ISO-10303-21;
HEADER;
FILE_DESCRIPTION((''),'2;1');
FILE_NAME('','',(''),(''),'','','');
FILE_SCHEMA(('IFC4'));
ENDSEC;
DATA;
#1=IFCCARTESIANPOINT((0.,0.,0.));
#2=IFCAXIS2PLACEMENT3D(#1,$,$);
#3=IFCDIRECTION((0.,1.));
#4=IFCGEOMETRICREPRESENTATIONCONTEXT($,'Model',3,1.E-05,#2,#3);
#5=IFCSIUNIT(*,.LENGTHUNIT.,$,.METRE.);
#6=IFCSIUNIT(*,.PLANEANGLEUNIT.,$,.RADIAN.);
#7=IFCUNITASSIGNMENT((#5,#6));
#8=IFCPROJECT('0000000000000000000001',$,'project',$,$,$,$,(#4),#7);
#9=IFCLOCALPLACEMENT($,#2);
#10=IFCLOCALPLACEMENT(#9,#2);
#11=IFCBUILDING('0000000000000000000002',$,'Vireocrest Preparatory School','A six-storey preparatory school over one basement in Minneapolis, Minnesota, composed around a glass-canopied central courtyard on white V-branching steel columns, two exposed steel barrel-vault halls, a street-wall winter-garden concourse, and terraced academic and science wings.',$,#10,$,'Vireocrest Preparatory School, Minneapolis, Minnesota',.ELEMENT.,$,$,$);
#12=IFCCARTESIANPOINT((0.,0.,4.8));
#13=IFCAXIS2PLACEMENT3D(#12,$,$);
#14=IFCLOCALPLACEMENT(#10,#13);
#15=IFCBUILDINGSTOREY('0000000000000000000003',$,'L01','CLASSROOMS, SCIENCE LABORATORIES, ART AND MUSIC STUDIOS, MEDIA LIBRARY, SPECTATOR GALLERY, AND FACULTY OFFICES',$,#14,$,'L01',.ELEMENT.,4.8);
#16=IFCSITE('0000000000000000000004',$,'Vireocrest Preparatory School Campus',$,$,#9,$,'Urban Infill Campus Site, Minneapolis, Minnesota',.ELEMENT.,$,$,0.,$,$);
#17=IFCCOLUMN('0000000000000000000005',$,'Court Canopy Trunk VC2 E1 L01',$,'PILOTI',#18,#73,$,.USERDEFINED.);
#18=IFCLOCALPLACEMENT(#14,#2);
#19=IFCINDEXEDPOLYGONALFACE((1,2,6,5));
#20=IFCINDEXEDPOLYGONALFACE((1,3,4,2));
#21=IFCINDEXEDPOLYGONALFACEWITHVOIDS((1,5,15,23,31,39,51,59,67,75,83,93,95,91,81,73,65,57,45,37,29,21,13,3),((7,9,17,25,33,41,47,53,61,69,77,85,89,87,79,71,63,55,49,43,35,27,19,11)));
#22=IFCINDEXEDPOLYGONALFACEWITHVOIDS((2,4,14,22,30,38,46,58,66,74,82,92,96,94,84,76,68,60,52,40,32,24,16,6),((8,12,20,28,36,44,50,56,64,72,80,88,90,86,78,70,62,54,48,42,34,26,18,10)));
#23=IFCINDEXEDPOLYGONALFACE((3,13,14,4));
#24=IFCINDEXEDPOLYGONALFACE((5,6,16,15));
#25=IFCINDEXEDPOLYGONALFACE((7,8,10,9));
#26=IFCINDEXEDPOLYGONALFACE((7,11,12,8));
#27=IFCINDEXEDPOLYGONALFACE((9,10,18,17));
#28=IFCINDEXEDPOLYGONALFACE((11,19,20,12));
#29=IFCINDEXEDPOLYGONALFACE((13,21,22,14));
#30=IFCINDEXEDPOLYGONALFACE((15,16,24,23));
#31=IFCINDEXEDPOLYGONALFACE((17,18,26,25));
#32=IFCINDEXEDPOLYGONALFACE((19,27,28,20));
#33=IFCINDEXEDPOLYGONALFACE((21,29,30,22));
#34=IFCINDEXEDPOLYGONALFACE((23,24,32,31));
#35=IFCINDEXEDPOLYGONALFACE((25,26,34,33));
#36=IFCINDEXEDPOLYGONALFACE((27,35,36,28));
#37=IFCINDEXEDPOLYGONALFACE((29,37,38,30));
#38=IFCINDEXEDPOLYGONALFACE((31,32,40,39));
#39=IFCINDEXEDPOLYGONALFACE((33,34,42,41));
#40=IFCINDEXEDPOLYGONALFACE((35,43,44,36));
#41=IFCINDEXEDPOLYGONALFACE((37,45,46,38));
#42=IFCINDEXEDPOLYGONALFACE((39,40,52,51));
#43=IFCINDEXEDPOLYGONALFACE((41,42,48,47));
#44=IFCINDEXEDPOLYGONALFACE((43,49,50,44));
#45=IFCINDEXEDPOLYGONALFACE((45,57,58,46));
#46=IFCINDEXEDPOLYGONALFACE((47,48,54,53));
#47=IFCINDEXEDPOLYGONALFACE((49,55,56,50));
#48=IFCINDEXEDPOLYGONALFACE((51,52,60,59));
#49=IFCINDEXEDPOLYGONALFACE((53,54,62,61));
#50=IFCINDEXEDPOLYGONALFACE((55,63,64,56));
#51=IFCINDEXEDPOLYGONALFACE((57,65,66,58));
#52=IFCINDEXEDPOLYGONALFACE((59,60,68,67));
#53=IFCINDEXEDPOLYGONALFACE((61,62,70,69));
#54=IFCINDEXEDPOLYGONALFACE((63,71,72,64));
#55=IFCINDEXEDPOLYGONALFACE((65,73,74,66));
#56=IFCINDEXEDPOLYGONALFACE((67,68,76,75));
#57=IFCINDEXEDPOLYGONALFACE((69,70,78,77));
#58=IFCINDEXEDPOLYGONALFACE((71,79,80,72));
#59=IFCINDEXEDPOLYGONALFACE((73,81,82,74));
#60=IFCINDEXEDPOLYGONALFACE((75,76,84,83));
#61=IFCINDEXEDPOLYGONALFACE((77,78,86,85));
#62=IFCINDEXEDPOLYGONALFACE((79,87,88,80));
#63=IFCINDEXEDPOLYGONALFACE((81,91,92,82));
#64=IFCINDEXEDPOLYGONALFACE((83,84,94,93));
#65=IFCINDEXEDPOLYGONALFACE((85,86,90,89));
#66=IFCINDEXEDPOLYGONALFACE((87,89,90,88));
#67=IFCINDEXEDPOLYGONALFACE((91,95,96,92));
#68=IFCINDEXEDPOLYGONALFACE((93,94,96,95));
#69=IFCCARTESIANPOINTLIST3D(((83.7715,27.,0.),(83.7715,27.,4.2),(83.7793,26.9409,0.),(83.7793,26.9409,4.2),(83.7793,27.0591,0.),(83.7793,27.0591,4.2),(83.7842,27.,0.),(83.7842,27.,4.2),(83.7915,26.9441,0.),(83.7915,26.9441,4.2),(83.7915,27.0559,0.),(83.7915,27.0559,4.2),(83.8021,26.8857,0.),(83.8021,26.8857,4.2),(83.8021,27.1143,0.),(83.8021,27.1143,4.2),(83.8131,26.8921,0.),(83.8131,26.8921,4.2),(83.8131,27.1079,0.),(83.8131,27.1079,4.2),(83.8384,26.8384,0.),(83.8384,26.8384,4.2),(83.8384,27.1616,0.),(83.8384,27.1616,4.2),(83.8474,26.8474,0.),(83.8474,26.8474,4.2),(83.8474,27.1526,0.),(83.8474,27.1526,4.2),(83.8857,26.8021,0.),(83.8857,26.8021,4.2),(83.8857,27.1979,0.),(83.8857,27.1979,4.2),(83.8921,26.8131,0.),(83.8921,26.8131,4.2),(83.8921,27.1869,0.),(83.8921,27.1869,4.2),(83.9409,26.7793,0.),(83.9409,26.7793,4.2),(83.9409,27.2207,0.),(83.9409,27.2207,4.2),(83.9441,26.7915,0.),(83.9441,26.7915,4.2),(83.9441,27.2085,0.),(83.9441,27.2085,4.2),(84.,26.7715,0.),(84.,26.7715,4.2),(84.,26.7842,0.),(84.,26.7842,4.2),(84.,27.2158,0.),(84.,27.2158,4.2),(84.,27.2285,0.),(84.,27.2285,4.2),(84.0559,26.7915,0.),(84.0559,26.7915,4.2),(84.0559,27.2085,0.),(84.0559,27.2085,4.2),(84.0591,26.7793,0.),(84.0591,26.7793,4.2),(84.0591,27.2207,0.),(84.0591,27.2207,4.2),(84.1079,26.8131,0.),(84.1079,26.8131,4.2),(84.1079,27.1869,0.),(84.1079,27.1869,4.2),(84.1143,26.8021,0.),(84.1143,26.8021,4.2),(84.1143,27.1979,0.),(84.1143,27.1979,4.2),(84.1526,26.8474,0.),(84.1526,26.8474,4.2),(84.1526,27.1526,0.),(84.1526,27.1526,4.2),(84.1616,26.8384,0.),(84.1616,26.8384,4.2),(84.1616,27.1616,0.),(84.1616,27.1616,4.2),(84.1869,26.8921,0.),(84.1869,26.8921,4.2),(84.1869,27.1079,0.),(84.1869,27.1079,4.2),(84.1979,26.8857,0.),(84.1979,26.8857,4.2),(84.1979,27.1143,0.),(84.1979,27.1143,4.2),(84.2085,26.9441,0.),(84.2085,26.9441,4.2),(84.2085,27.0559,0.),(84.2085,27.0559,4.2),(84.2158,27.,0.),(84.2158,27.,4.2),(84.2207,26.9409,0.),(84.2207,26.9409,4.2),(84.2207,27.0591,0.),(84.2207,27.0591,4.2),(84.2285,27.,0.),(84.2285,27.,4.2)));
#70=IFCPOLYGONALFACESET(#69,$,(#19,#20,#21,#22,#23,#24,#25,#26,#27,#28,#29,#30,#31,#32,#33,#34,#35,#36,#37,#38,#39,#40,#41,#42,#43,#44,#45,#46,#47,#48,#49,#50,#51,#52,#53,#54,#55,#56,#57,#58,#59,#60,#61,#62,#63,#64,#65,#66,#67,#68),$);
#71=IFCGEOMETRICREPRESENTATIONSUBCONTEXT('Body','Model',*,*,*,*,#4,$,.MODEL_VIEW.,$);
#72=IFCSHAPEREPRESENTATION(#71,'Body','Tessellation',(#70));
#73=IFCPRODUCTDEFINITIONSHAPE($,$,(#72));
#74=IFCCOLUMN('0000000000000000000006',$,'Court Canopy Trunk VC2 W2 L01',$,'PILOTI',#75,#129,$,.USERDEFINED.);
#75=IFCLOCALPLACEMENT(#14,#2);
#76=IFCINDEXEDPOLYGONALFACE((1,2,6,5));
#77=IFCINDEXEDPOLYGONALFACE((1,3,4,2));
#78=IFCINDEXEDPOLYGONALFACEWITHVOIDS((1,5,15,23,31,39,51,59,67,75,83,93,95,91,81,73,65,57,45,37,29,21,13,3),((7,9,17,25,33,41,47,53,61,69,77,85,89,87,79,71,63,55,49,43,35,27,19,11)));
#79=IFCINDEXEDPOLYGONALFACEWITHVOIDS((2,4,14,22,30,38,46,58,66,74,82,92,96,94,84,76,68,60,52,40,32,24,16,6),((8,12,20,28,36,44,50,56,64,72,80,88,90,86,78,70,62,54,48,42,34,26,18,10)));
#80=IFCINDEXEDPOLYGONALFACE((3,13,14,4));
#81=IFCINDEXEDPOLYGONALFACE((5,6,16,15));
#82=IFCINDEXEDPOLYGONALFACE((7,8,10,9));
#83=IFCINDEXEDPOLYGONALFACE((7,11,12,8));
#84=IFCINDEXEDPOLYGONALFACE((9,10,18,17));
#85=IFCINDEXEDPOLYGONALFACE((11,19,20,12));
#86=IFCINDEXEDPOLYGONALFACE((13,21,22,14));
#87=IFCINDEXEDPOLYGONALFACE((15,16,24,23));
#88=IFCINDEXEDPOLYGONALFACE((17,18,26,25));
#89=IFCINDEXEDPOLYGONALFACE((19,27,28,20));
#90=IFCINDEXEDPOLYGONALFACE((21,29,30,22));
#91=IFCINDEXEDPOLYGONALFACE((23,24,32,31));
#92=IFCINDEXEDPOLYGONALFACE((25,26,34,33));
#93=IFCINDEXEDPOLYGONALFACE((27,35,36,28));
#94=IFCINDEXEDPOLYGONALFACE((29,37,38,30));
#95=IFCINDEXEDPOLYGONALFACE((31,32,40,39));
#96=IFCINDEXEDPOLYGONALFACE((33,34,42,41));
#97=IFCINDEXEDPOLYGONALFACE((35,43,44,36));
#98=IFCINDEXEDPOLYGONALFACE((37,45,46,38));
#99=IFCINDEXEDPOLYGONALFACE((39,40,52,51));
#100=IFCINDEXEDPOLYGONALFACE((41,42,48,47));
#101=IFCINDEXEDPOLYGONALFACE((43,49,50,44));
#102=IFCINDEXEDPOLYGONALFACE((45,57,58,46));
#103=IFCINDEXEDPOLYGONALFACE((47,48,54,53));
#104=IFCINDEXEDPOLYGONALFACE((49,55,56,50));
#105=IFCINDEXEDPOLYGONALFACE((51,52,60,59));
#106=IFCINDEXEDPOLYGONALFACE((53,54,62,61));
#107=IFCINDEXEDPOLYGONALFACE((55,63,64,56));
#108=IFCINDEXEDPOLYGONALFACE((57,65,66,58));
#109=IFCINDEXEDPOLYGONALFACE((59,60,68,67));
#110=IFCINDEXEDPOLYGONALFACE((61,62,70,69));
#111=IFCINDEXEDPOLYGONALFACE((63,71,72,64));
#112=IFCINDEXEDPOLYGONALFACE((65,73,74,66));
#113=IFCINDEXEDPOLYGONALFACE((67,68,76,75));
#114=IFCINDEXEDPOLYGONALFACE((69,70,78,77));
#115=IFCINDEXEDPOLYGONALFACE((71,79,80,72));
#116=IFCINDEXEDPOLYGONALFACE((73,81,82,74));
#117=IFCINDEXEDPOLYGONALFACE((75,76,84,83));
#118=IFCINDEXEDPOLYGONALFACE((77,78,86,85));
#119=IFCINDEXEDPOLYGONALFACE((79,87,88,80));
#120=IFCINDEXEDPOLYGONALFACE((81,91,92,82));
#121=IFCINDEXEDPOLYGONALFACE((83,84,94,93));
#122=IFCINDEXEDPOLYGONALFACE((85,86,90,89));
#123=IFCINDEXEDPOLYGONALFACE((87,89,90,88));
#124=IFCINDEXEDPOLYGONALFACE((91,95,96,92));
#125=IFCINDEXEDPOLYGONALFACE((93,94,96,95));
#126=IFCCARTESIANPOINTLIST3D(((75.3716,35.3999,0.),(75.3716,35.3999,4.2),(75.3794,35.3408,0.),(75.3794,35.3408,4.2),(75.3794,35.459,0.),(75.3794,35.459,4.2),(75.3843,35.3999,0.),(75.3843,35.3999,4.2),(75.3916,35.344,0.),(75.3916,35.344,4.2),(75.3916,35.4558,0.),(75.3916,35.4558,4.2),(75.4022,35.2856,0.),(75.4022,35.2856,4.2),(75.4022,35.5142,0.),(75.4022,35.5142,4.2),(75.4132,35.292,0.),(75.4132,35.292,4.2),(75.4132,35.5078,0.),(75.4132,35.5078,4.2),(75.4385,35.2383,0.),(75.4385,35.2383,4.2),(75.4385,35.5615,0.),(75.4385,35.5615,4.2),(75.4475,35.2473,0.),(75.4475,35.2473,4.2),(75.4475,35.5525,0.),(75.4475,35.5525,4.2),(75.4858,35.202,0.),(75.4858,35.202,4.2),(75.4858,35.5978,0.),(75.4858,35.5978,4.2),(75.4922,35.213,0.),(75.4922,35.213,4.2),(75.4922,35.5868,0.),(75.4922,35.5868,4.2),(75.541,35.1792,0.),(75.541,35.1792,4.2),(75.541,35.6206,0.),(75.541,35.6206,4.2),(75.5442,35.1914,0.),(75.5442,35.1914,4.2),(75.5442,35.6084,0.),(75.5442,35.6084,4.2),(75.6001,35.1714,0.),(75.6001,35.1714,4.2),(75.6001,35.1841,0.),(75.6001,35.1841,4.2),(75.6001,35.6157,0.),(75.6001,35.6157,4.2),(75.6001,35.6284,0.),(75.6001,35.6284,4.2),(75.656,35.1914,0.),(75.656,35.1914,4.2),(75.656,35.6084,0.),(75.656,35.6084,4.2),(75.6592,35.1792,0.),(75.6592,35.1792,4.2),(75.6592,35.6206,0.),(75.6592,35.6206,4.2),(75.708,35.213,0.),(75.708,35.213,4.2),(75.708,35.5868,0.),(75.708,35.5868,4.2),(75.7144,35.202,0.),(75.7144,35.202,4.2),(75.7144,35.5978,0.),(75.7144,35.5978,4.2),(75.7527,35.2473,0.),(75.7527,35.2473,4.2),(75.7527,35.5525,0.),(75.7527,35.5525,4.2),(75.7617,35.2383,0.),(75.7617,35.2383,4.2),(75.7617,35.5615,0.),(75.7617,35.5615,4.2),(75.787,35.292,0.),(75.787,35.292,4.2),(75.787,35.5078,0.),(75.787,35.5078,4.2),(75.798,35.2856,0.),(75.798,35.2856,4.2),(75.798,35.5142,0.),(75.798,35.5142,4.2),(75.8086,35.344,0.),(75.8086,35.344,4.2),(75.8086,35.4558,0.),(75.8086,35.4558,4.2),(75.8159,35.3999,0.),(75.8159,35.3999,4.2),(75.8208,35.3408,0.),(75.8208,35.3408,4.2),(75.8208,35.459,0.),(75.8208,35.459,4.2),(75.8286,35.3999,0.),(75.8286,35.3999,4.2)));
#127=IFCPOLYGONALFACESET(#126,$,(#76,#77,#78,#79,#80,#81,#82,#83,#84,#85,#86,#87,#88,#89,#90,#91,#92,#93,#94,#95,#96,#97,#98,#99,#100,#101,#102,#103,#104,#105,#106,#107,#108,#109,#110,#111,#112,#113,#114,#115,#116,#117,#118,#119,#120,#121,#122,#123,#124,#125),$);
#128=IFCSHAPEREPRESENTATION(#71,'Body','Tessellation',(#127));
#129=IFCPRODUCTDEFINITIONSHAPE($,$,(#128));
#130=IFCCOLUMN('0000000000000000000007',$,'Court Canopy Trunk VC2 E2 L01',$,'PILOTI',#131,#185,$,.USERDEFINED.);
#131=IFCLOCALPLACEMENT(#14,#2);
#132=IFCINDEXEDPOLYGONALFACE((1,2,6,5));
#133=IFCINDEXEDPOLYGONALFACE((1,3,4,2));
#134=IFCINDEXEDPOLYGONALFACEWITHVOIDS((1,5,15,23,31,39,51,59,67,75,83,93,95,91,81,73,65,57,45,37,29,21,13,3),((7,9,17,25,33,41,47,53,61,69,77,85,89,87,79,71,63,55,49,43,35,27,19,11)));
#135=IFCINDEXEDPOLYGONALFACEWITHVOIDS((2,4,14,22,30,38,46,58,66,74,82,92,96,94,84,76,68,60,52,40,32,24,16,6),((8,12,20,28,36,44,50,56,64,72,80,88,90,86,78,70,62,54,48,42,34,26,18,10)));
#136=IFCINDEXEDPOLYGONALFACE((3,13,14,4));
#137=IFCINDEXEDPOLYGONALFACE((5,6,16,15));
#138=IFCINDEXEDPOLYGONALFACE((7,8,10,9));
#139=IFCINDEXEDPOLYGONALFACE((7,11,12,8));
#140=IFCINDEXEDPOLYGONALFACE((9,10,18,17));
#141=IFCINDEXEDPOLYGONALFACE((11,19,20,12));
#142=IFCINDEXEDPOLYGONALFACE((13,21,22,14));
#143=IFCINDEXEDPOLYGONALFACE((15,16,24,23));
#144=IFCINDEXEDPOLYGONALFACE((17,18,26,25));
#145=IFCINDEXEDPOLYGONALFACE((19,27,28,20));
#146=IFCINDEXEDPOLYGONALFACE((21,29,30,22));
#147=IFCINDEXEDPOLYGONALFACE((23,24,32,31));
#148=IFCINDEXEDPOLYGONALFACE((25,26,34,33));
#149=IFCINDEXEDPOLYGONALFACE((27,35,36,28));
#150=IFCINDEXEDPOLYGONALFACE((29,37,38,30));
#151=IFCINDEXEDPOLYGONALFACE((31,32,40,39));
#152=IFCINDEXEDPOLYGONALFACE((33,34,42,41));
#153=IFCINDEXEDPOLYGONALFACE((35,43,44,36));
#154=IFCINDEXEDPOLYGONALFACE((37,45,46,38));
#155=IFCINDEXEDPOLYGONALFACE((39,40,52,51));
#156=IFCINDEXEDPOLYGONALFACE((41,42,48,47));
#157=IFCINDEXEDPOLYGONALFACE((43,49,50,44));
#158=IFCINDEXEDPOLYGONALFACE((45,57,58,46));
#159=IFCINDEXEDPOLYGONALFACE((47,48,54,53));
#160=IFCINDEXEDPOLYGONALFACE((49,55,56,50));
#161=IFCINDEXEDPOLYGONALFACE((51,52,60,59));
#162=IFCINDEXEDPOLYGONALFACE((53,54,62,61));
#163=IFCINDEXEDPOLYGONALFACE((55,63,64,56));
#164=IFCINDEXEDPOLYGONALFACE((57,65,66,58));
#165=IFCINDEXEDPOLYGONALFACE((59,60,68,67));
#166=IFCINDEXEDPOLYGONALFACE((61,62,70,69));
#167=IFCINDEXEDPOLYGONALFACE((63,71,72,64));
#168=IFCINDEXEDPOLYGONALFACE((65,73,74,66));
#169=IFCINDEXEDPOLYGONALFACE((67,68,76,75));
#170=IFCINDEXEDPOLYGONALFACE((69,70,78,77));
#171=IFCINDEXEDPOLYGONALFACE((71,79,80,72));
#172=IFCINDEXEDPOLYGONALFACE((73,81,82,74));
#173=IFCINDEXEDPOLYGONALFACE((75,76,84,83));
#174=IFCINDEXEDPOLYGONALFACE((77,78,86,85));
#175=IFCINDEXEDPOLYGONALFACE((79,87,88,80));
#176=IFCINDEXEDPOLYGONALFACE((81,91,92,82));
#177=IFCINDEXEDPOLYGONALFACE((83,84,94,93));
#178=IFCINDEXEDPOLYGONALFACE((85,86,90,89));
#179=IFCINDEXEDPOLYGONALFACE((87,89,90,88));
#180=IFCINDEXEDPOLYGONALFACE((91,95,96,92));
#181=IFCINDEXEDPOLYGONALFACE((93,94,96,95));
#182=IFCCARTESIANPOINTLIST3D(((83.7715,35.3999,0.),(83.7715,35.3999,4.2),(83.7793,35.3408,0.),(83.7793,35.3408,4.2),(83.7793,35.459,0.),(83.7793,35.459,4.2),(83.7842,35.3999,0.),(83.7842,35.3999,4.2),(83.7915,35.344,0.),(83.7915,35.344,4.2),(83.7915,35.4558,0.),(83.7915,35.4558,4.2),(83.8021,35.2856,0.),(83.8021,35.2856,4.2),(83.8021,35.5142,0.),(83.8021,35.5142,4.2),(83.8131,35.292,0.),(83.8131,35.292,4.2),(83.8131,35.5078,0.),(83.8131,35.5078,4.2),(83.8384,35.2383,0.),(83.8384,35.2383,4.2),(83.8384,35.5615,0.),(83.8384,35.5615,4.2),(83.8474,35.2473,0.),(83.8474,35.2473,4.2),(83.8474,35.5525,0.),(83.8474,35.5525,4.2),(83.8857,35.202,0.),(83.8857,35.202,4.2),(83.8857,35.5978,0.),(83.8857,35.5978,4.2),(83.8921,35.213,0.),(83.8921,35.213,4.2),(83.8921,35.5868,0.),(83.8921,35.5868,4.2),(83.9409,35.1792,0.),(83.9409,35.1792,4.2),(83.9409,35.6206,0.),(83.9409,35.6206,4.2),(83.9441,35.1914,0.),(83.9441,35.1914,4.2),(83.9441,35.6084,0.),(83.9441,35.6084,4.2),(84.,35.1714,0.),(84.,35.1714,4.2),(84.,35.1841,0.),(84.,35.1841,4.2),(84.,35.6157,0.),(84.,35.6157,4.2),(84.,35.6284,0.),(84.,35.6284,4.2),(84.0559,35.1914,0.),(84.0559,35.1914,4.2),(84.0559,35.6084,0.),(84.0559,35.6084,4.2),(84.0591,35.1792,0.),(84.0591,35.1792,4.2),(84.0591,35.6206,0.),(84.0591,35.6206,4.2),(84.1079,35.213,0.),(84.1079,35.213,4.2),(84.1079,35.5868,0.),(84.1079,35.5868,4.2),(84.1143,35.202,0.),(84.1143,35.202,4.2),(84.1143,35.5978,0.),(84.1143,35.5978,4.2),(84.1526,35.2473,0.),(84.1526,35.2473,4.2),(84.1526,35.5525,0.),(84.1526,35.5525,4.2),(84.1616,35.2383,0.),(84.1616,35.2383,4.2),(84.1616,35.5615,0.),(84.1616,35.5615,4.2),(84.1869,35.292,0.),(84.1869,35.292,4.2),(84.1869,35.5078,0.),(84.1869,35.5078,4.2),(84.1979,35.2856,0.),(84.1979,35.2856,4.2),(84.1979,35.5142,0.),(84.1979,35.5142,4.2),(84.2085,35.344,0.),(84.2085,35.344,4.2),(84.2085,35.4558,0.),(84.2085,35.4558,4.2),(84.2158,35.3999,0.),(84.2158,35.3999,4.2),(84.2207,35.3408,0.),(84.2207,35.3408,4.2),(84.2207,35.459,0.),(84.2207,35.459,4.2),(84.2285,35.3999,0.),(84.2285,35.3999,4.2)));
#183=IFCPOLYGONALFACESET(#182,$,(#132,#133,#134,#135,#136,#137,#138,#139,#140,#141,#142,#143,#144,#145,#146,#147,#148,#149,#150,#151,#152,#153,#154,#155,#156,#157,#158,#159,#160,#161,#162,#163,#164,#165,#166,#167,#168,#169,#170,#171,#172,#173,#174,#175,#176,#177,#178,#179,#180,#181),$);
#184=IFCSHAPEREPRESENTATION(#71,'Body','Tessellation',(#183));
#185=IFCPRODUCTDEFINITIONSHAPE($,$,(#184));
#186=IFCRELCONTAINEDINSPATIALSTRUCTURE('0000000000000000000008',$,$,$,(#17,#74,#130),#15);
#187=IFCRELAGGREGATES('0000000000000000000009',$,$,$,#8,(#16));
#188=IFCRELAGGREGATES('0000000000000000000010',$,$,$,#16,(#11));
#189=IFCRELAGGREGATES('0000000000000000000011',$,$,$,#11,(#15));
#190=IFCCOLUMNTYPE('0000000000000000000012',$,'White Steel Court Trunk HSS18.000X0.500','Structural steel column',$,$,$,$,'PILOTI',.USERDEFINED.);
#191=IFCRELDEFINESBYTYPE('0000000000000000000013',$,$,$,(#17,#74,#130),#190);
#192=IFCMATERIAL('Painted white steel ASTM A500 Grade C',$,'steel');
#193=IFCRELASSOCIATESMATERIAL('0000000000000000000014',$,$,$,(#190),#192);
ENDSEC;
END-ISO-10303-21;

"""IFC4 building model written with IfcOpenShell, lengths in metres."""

from ifc_helpers import new_model, si_unit, direction, frame, origin, origin_2d, place, context, subcontext, project, spatial, hollow_circle, extrude, material, material_profile, profile_set, type_object, element, save


model = new_model("IFC4")

# Units and contexts
model_context = context("Model", 3, precision=1e-05, world=origin(), true_north=direction((0.0, 1.0)))
body_context = subcontext(model_context, "Body", "Model", "MODEL_VIEW")
ifc_project = project(units=[si_unit("LENGTHUNIT", "METRE"), si_unit("PLANEANGLEUNIT", "RADIAN")], contexts=[model_context])

# Site, building, storey
site_placement = place(None, origin())
site = spatial("IfcSite", under=ifc_project, at=site_placement, Name="Vireocrest Preparatory School Campus", LongName="Urban Infill Campus Site, Minneapolis, Minnesota", CompositionType="ELEMENT", RefElevation=0.0)
building_placement = place(site_placement, origin())
building = spatial("IfcBuilding", under=site, at=building_placement, Name="Vireocrest Preparatory School", Description="A six-storey preparatory school over one basement in Minneapolis, Minnesota, composed around a glass-canopied central courtyard on white V-branching steel columns, two exposed steel barrel-vault halls, a street-wall winter-garden concourse, and terraced academic and science wings.", LongName="Vireocrest Preparatory School, Minneapolis, Minnesota", CompositionType="ELEMENT")
storey_placement = place(building_placement, frame((0.0, 0.0, 4.8)))
storey = spatial("IfcBuildingStorey", under=building, at=storey_placement, Name="L01", Description="CLASSROOMS, SCIENCE LABORATORIES, ART AND MUSIC STUDIOS, MEDIA LIBRARY, SPECTATOR GALLERY, AND FACULTY OFFICES", LongName="L01", CompositionType="ELEMENT", Elevation=4.8)

# Columns
ifc_material_1 = material(Name="Painted white steel ASTM A500 Grade C", Category="steel")
ifc_material_profile_1 = material_profile(ifc_material_1, hollow_circle(Radius=0.2285, WallThickness=0.0127, at=origin_2d()), Name="HSS18.000X0.500")
ifc_profile_set_1 = profile_set([ifc_material_profile_1], Name="Painted white steel ASTM A500 Grade C")
column_type = type_object("IfcColumnType", Name="White Steel Court Trunk HSS18.000X0.500", Description="Structural steel column", ElementType="PILOTI", PredefinedType="USERDEFINED", material=ifc_profile_set_1)
for number, where, z_axis, x_axis, name in (
    (1, (84.0, 27.0, 0.0), (0.0, 0.0, 1.0), (1.0, 0.0, 0.0), "Court Canopy Trunk VC2 E1 L01"),
    (2, (75.6001, 35.3999, 0.0), (0.0, 0.0, 1.0), (1.0, 0.0, 0.0), "Court Canopy Trunk VC2 W2 L01"),
    (3, (84.0, 35.3999, 0.0), (0.0, 0.0, 1.0), (1.0, 0.0, 0.0), "Court Canopy Trunk VC2 E2 L01"),
):
    element("IfcColumn", number, at=place(storey_placement, frame(where, z_axis=z_axis, x_axis=x_axis)), inside=storey, type_object=column_type, Name=name, ObjectType="PILOTI", PredefinedType="USERDEFINED", context=body_context, shape_type="SweptSolid", body=[
        extrude(hollow_circle(Radius=0.2285, WallThickness=0.0127, at=origin_2d()), origin(), (0.0, 0.0, 1.0), 4.2),
    ])

save(model, "model.ifc")
